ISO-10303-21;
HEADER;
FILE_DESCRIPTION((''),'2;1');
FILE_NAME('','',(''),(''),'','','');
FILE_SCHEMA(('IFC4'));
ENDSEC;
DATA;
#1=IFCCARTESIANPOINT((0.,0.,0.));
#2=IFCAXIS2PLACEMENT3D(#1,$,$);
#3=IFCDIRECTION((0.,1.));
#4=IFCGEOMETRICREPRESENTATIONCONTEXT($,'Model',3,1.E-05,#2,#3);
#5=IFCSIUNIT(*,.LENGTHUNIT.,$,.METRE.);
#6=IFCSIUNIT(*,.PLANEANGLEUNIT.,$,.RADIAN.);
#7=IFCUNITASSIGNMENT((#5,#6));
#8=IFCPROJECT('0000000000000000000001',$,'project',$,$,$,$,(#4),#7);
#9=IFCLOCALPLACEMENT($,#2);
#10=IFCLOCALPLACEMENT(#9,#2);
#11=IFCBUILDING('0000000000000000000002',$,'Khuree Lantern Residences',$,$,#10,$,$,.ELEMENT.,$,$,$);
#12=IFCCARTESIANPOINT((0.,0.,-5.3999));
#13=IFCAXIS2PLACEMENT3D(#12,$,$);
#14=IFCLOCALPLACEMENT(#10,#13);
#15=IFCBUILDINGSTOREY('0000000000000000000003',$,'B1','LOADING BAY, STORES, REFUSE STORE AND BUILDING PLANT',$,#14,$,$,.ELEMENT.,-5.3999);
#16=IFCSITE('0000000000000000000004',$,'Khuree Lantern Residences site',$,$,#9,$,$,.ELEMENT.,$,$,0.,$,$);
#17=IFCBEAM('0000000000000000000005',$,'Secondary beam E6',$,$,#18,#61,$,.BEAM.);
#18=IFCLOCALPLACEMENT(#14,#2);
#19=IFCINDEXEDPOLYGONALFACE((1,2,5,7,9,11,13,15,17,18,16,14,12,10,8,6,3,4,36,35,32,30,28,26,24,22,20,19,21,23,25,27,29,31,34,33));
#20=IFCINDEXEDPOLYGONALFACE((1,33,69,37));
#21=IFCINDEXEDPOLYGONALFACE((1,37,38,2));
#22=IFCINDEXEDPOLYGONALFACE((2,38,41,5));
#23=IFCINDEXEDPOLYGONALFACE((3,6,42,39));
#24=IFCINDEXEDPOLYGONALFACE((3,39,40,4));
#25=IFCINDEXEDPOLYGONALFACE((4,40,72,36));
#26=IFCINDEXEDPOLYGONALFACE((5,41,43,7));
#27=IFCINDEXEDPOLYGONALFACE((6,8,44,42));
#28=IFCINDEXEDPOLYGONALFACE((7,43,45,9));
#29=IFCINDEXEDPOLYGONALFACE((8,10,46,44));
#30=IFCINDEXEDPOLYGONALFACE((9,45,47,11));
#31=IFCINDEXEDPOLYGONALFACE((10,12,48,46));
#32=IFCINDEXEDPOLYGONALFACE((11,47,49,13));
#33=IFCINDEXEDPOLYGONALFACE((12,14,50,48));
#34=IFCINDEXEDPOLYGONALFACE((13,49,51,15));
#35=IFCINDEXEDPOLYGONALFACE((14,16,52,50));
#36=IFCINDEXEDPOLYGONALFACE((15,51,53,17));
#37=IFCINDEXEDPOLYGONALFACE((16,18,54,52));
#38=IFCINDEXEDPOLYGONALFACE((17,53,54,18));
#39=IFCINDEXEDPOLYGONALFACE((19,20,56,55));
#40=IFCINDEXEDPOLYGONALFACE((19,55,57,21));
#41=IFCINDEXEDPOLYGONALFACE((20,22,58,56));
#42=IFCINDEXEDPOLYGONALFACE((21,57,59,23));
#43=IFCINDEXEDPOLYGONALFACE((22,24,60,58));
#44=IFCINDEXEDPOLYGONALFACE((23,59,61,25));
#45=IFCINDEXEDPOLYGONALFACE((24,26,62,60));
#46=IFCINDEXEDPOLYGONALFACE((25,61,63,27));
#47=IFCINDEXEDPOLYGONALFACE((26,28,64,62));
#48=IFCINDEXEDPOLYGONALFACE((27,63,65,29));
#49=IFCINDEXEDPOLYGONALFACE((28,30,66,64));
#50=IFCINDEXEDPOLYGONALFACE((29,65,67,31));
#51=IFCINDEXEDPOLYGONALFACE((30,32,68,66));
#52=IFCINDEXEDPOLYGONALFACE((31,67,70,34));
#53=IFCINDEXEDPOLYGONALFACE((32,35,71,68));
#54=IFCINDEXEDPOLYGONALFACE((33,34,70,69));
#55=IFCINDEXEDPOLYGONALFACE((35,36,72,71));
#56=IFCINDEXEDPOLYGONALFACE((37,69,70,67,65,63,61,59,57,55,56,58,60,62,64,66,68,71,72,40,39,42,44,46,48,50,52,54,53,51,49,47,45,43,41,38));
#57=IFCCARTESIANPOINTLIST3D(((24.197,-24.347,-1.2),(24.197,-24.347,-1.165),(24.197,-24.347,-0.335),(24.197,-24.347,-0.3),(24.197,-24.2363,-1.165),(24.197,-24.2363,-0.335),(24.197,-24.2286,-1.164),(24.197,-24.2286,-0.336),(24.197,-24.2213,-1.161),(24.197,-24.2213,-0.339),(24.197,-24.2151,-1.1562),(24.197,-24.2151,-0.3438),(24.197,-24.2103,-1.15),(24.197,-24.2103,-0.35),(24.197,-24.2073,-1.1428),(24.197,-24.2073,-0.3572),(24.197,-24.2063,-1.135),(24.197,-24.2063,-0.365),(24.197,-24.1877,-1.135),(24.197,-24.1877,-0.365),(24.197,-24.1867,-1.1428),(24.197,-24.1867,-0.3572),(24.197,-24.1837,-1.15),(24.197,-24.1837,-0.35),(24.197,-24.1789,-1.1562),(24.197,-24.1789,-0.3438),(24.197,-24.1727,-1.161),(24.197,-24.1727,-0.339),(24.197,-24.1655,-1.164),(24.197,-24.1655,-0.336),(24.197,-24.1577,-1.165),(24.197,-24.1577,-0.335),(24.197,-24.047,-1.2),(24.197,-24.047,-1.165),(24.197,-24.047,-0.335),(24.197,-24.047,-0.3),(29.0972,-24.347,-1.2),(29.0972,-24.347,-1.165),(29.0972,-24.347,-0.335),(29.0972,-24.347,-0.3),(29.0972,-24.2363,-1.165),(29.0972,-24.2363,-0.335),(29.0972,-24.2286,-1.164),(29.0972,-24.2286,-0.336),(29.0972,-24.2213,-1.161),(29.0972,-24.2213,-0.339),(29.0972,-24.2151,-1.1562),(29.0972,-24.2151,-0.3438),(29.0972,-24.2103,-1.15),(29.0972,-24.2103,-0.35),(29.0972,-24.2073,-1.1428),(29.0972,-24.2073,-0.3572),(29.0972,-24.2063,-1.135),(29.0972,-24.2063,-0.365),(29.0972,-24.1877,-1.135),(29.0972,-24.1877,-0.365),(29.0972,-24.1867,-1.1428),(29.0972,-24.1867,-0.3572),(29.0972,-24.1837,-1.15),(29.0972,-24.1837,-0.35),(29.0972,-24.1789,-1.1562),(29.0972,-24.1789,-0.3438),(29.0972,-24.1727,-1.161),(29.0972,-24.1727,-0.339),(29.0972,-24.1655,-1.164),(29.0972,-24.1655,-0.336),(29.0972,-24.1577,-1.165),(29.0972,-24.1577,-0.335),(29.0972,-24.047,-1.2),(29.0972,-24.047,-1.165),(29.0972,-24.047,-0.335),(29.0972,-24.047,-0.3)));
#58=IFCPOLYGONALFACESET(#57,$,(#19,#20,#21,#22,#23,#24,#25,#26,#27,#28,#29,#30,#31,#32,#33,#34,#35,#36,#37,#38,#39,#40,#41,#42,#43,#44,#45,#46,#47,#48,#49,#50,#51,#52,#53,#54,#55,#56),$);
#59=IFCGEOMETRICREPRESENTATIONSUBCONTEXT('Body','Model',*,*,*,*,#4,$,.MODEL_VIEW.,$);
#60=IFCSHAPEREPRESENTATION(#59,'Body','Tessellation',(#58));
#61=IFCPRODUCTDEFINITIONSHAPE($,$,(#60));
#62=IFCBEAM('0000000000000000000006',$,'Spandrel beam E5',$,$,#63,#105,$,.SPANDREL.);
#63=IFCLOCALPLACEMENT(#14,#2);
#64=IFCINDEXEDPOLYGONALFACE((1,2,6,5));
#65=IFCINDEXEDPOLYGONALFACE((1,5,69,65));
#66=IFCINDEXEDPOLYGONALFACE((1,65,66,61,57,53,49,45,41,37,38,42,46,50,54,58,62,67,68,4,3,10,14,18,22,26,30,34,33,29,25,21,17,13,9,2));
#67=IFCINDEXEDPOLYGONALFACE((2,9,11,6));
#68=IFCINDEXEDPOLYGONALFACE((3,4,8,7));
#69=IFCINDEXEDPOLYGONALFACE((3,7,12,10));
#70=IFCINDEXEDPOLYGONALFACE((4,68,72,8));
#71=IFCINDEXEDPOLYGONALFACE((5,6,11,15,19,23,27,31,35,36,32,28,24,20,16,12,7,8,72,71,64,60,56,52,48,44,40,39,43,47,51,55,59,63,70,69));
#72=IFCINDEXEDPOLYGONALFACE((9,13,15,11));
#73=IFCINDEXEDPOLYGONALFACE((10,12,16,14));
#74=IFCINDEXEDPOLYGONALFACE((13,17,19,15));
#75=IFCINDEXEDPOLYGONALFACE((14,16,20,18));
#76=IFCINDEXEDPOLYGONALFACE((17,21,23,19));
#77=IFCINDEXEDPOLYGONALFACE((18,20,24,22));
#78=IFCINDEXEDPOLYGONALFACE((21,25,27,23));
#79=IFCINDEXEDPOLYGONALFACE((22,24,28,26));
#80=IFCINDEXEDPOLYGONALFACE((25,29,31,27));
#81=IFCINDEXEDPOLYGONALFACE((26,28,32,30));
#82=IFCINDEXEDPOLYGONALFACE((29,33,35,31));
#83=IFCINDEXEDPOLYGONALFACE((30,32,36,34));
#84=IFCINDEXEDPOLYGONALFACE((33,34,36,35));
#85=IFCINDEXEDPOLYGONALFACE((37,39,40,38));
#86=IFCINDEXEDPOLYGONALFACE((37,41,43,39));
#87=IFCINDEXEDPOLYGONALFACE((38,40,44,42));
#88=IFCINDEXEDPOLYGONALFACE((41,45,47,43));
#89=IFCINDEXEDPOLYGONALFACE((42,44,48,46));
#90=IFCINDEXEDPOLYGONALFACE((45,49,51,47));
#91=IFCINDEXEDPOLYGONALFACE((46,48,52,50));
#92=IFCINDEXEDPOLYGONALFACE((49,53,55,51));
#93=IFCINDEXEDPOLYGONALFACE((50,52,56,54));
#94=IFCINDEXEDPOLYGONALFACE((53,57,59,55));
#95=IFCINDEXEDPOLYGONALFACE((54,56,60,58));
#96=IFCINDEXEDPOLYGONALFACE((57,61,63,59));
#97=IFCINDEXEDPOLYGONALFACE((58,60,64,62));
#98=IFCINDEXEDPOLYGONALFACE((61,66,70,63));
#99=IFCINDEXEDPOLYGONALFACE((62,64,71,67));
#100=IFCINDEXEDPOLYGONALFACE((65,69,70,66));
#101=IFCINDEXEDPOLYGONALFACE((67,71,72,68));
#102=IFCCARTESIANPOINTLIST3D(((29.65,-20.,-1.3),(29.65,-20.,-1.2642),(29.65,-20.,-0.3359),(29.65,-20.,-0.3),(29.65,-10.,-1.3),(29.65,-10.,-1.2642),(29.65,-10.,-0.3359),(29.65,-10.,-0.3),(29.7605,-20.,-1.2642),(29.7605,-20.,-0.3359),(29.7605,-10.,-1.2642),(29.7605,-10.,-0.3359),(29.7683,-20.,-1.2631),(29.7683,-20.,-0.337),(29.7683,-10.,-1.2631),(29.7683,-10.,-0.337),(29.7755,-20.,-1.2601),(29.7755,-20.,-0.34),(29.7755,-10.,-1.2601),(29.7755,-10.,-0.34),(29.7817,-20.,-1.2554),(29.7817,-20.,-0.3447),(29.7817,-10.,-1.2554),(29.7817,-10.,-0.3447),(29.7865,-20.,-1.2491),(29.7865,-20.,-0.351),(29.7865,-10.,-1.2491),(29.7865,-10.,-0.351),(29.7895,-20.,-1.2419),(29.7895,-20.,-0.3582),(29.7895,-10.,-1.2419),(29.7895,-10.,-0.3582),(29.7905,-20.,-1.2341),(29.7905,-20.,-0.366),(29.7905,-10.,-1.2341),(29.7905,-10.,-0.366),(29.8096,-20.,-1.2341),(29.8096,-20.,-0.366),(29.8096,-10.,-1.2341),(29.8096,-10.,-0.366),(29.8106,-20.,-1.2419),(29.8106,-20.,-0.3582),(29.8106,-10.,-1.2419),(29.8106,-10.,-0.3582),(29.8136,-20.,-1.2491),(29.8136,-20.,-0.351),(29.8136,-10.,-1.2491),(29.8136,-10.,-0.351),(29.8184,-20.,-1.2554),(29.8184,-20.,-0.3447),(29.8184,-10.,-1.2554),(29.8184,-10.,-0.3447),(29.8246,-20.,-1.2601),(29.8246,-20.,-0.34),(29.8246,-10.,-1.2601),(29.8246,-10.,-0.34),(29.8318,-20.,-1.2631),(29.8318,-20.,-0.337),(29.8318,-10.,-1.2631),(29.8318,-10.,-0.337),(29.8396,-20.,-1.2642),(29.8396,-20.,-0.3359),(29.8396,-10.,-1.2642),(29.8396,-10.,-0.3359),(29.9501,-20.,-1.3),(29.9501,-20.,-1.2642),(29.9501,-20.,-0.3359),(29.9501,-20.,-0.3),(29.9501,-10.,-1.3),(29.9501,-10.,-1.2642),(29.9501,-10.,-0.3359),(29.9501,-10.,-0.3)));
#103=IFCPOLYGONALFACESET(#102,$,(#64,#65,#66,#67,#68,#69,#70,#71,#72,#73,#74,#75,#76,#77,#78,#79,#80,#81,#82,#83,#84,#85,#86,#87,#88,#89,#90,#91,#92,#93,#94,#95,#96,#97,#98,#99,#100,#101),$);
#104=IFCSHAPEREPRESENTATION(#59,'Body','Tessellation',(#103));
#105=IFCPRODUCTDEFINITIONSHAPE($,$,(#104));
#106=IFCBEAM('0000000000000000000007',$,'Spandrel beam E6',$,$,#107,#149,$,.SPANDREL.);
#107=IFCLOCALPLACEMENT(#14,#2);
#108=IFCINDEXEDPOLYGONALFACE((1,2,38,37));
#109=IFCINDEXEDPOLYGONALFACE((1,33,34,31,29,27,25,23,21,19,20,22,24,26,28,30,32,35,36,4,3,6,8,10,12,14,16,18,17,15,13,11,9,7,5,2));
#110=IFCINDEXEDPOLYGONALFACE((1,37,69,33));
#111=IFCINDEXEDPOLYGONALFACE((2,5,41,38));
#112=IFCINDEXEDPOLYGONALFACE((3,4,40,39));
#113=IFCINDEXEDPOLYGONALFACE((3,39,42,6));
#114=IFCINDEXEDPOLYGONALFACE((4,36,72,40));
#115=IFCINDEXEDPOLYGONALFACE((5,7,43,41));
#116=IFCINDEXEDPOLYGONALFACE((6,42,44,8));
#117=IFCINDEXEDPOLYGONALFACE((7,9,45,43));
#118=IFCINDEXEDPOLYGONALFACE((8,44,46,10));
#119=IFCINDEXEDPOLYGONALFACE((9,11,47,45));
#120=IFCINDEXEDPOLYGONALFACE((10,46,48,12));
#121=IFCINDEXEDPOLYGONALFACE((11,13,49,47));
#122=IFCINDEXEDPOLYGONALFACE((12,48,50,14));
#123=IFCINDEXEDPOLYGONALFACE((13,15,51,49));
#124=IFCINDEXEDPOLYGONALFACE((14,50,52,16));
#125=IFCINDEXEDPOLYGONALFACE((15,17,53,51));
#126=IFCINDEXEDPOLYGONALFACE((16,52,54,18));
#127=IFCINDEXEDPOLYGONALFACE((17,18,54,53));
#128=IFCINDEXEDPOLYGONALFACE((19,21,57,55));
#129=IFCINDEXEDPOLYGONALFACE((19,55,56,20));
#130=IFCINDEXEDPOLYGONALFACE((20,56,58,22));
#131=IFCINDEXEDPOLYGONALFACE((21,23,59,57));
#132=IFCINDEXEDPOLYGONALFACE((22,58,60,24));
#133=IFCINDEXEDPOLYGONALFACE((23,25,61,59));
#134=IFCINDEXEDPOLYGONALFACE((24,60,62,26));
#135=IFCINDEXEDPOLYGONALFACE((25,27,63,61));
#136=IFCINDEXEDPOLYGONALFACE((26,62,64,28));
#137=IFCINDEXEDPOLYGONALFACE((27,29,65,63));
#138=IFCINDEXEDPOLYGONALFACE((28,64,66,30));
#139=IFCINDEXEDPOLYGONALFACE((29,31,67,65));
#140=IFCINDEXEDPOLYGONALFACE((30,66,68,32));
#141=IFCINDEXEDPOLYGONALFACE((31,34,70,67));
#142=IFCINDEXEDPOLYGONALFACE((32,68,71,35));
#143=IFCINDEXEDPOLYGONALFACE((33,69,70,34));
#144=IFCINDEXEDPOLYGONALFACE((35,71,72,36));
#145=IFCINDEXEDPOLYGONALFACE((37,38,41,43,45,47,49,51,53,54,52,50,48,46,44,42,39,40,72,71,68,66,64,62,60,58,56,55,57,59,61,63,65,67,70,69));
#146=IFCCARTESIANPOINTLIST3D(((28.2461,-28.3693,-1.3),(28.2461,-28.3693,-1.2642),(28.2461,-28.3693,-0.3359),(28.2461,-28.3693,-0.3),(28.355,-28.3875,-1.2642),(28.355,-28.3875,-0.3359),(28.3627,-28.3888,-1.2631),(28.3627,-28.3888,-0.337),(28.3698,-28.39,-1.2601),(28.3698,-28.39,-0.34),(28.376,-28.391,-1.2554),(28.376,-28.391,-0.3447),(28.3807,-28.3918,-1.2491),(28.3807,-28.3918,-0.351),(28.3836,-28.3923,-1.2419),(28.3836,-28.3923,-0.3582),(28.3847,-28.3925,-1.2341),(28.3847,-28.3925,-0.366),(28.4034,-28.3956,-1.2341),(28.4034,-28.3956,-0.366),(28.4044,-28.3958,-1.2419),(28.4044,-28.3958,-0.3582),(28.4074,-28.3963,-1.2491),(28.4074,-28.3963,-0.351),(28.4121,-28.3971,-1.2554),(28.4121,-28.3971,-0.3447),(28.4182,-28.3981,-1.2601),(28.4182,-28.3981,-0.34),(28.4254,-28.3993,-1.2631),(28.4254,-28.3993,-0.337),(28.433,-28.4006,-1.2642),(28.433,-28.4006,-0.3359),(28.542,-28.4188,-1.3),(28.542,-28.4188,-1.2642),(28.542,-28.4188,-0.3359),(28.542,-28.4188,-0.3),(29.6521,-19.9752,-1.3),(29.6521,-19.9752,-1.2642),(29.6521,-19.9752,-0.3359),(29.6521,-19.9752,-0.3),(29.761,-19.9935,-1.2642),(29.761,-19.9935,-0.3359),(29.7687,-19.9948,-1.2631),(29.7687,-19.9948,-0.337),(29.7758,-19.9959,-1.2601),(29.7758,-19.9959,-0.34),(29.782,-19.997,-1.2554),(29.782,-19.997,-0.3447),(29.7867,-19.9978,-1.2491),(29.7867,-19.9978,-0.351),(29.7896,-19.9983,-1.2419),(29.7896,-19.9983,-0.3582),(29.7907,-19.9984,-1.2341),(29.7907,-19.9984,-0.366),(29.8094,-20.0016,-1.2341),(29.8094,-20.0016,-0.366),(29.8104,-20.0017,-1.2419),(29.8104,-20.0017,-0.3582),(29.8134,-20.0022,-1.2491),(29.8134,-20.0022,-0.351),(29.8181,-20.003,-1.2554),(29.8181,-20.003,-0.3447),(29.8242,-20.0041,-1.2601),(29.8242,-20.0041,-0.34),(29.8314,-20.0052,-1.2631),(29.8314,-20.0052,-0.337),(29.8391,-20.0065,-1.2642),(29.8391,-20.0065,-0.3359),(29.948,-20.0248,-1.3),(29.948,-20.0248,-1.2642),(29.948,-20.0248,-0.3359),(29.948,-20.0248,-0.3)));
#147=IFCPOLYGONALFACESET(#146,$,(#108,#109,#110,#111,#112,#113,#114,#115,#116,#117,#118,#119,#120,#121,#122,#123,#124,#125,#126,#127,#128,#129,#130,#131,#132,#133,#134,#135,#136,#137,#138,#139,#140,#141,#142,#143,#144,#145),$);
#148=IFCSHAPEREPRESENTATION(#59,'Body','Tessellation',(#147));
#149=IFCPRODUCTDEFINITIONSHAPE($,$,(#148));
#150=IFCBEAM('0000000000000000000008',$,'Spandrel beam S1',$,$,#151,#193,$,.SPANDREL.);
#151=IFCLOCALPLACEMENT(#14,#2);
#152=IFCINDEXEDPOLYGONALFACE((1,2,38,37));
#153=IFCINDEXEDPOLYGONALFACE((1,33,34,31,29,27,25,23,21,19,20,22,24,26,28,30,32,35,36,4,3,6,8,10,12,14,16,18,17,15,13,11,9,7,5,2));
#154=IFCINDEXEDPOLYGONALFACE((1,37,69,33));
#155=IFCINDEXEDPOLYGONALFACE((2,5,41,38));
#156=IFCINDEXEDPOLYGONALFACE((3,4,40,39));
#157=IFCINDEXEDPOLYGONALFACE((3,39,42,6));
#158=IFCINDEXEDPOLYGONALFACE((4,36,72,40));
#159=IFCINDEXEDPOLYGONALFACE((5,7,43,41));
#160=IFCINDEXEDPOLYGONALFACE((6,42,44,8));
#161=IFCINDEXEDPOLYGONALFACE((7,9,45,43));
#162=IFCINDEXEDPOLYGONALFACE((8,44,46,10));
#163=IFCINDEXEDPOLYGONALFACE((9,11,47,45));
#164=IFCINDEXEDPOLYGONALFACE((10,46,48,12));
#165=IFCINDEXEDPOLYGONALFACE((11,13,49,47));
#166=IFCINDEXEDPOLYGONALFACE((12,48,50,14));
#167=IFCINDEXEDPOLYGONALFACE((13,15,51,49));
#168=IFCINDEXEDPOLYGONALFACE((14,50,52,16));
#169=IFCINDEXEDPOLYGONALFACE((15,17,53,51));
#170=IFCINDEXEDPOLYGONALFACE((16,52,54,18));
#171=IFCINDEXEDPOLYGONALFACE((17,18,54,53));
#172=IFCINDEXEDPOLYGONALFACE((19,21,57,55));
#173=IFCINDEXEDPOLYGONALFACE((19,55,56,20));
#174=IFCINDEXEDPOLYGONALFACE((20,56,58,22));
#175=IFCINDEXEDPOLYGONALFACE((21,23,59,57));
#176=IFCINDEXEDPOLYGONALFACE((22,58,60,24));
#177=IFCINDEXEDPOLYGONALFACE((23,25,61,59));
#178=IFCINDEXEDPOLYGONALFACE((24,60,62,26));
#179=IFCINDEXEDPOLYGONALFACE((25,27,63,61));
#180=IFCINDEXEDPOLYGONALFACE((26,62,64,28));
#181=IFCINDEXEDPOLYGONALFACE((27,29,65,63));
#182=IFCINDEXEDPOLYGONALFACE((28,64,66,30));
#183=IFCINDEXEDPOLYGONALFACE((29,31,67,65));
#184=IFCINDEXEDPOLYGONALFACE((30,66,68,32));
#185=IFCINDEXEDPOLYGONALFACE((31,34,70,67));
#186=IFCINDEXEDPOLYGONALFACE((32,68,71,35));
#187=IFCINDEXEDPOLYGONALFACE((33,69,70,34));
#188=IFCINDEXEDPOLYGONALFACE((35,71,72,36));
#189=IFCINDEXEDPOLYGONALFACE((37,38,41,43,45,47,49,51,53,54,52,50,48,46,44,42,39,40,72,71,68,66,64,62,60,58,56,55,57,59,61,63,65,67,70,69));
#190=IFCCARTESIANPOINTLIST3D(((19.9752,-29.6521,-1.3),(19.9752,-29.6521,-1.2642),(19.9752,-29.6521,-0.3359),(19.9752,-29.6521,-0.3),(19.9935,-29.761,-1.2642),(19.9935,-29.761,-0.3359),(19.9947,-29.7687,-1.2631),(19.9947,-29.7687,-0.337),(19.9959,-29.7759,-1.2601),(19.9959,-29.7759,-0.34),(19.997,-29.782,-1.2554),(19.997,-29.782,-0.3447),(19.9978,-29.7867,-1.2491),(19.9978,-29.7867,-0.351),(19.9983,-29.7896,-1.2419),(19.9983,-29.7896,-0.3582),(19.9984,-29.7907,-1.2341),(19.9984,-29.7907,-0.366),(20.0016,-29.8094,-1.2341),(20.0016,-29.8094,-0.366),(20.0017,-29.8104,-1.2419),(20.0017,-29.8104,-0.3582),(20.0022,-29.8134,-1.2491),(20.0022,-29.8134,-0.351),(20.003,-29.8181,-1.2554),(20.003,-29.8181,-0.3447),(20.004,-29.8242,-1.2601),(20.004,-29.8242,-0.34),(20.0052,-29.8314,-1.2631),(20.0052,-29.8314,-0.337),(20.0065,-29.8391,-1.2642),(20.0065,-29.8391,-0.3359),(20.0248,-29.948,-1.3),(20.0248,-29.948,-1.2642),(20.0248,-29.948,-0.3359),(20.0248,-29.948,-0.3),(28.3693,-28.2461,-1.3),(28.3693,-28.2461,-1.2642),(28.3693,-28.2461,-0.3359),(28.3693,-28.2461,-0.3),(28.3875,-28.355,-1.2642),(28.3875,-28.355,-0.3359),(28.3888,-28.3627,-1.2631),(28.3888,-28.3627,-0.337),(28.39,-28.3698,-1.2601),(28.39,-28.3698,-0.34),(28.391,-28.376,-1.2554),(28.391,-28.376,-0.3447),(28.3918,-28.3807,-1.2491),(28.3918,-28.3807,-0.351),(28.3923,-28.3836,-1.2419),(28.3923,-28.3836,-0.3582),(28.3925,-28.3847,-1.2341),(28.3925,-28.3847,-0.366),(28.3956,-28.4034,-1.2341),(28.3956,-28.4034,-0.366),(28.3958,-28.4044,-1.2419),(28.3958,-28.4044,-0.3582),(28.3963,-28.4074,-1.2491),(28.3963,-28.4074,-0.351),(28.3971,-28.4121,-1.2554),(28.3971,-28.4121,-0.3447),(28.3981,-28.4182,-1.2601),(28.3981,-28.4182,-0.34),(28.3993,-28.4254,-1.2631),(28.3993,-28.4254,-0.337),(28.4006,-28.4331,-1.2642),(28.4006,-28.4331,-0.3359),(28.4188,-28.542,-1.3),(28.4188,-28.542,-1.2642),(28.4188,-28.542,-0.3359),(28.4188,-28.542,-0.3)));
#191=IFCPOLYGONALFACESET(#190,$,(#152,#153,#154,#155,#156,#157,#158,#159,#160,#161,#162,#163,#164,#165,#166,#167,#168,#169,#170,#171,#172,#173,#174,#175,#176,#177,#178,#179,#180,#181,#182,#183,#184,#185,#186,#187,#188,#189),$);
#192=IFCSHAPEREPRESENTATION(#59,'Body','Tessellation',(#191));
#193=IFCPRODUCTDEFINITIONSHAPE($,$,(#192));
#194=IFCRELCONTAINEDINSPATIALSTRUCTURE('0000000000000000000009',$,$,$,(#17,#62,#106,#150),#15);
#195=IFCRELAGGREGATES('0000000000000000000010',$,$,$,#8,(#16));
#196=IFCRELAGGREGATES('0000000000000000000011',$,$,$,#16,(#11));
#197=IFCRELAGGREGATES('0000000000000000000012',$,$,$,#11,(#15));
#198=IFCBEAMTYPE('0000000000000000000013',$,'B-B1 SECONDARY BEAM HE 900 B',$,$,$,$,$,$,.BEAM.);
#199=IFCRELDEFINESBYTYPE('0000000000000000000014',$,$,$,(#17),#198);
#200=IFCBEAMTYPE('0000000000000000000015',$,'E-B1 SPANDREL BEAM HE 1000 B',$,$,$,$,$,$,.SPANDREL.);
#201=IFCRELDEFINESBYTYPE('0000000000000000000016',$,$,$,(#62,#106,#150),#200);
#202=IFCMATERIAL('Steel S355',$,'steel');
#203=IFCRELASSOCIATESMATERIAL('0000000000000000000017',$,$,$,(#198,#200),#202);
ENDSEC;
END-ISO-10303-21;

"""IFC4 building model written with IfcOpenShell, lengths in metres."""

from ifc_helpers import new_model, si_unit, direction, frame, origin, origin_2d, place, context, subcontext, project, spatial, i_section, extrude, material, material_profile, profile_set, type_object, element, save


model = new_model("IFC4")

# Units and contexts
model_context = context("Model", 3, precision=1e-05, world=origin(), true_north=direction((0.0, 1.0)))
body_context = subcontext(model_context, "Body", "Model", "MODEL_VIEW")
ifc_project = project(units=[si_unit("LENGTHUNIT", "METRE"), si_unit("PLANEANGLEUNIT", "RADIAN")], contexts=[model_context])

# Site, building, storey
site_placement = place(None, origin())
site = spatial("IfcSite", under=ifc_project, at=site_placement, Name="Khuree Lantern Residences site", CompositionType="ELEMENT", RefElevation=0.0)
building_placement = place(site_placement, origin())
building = spatial("IfcBuilding", under=site, at=building_placement, Name="Khuree Lantern Residences", CompositionType="ELEMENT")
storey_placement = place(building_placement, frame((0.0, 0.0, -5.3999)))
storey = spatial("IfcBuildingStorey", under=building, at=storey_placement, Name="B1", Description="LOADING BAY, STORES, REFUSE STORE AND BUILDING PLANT", CompositionType="ELEMENT", Elevation=-5.3999)

# Beams
ifc_material_1 = material(Name="Steel S355", Category="steel")
ifc_material_profile_1 = material_profile(ifc_material_1, i_section(OverallWidth=0.3, OverallDepth=0.8999, WebThickness=0.0186, FlangeThickness=0.0349, FilletRadius=0.03, at=origin_2d()), Name="HE 900 B")
ifc_profile_set_1 = profile_set([ifc_material_profile_1], Name="Steel S355")
beam_type_1 = type_object("IfcBeamType", Name="B-B1 SECONDARY BEAM HE 900 B", PredefinedType="BEAM", material=ifc_profile_set_1)
beam_1_placement = place(storey_placement, frame((29.0972, -24.197, -0.75), z_axis=(-1.0, 0.0, 0.0), x_axis=(0.0, -1.0, 0.0)))
element("IfcBeam", 1, at=beam_1_placement, inside=storey, type_object=beam_type_1, Name="Secondary beam E6", PredefinedType="BEAM", context=body_context, shape_type="SweptSolid", body=[
    extrude(i_section(OverallWidth=0.3, OverallDepth=0.8999, WebThickness=0.0186, FlangeThickness=0.0349, FilletRadius=0.03, at=origin_2d()), origin(), (0.0, 0.0, 1.0), 4.9001),
])
ifc_material_profile_2 = material_profile(ifc_material_1, i_section(OverallWidth=0.3, OverallDepth=1.0, WebThickness=0.019, FlangeThickness=0.0359, FilletRadius=0.03, at=origin_2d()), Name="HE 1000 B")
ifc_profile_set_2 = profile_set([ifc_material_profile_2], Name="Steel S355")
beam_type_2 = type_object("IfcBeamType", Name="E-B1 SPANDREL BEAM HE 1000 B", PredefinedType="SPANDREL", material=ifc_profile_set_2)
beam_2_placement = place(storey_placement, frame((29.8, -10.0, -0.8), z_axis=(0.0, -1.0, 0.0), x_axis=(1.0, 0.0, 0.0)))
element("IfcBeam", 2, at=beam_2_placement, inside=storey, type_object=beam_type_2, Name="Spandrel beam E5", PredefinedType="SPANDREL", context=body_context, shape_type="SweptSolid", body=[
    extrude(i_section(OverallWidth=0.3, OverallDepth=1.0, WebThickness=0.019, FlangeThickness=0.0359, FilletRadius=0.03, at=origin_2d()), origin(), (0.0, 0.0, 1.0), 10.0),
])
for number, where, z_axis, x_axis, name in (
    (3, (29.8, -20.0, -0.8), (-0.165199, -0.98626, 0.0), (0.98626, -0.165199, 0.0), "Spandrel beam E6"),
    (4, (28.394, -28.394, -0.8), (-0.98626, -0.165199, 0.0), (0.165199, -0.98626, 0.0), "Spandrel beam S1"),
):
    element("IfcBeam", number, at=place(storey_placement, frame(where, z_axis=z_axis, x_axis=x_axis)), inside=storey, type_object=beam_type_2, Name=name, PredefinedType="SPANDREL", context=body_context, shape_type="SweptSolid", body=[
        extrude(i_section(OverallWidth=0.3, OverallDepth=1.0, WebThickness=0.019, FlangeThickness=0.0359, FilletRadius=0.03, at=origin_2d()), origin(), (0.0, 0.0, 1.0), 8.511),
    ])

save(model, "model.ifc")
